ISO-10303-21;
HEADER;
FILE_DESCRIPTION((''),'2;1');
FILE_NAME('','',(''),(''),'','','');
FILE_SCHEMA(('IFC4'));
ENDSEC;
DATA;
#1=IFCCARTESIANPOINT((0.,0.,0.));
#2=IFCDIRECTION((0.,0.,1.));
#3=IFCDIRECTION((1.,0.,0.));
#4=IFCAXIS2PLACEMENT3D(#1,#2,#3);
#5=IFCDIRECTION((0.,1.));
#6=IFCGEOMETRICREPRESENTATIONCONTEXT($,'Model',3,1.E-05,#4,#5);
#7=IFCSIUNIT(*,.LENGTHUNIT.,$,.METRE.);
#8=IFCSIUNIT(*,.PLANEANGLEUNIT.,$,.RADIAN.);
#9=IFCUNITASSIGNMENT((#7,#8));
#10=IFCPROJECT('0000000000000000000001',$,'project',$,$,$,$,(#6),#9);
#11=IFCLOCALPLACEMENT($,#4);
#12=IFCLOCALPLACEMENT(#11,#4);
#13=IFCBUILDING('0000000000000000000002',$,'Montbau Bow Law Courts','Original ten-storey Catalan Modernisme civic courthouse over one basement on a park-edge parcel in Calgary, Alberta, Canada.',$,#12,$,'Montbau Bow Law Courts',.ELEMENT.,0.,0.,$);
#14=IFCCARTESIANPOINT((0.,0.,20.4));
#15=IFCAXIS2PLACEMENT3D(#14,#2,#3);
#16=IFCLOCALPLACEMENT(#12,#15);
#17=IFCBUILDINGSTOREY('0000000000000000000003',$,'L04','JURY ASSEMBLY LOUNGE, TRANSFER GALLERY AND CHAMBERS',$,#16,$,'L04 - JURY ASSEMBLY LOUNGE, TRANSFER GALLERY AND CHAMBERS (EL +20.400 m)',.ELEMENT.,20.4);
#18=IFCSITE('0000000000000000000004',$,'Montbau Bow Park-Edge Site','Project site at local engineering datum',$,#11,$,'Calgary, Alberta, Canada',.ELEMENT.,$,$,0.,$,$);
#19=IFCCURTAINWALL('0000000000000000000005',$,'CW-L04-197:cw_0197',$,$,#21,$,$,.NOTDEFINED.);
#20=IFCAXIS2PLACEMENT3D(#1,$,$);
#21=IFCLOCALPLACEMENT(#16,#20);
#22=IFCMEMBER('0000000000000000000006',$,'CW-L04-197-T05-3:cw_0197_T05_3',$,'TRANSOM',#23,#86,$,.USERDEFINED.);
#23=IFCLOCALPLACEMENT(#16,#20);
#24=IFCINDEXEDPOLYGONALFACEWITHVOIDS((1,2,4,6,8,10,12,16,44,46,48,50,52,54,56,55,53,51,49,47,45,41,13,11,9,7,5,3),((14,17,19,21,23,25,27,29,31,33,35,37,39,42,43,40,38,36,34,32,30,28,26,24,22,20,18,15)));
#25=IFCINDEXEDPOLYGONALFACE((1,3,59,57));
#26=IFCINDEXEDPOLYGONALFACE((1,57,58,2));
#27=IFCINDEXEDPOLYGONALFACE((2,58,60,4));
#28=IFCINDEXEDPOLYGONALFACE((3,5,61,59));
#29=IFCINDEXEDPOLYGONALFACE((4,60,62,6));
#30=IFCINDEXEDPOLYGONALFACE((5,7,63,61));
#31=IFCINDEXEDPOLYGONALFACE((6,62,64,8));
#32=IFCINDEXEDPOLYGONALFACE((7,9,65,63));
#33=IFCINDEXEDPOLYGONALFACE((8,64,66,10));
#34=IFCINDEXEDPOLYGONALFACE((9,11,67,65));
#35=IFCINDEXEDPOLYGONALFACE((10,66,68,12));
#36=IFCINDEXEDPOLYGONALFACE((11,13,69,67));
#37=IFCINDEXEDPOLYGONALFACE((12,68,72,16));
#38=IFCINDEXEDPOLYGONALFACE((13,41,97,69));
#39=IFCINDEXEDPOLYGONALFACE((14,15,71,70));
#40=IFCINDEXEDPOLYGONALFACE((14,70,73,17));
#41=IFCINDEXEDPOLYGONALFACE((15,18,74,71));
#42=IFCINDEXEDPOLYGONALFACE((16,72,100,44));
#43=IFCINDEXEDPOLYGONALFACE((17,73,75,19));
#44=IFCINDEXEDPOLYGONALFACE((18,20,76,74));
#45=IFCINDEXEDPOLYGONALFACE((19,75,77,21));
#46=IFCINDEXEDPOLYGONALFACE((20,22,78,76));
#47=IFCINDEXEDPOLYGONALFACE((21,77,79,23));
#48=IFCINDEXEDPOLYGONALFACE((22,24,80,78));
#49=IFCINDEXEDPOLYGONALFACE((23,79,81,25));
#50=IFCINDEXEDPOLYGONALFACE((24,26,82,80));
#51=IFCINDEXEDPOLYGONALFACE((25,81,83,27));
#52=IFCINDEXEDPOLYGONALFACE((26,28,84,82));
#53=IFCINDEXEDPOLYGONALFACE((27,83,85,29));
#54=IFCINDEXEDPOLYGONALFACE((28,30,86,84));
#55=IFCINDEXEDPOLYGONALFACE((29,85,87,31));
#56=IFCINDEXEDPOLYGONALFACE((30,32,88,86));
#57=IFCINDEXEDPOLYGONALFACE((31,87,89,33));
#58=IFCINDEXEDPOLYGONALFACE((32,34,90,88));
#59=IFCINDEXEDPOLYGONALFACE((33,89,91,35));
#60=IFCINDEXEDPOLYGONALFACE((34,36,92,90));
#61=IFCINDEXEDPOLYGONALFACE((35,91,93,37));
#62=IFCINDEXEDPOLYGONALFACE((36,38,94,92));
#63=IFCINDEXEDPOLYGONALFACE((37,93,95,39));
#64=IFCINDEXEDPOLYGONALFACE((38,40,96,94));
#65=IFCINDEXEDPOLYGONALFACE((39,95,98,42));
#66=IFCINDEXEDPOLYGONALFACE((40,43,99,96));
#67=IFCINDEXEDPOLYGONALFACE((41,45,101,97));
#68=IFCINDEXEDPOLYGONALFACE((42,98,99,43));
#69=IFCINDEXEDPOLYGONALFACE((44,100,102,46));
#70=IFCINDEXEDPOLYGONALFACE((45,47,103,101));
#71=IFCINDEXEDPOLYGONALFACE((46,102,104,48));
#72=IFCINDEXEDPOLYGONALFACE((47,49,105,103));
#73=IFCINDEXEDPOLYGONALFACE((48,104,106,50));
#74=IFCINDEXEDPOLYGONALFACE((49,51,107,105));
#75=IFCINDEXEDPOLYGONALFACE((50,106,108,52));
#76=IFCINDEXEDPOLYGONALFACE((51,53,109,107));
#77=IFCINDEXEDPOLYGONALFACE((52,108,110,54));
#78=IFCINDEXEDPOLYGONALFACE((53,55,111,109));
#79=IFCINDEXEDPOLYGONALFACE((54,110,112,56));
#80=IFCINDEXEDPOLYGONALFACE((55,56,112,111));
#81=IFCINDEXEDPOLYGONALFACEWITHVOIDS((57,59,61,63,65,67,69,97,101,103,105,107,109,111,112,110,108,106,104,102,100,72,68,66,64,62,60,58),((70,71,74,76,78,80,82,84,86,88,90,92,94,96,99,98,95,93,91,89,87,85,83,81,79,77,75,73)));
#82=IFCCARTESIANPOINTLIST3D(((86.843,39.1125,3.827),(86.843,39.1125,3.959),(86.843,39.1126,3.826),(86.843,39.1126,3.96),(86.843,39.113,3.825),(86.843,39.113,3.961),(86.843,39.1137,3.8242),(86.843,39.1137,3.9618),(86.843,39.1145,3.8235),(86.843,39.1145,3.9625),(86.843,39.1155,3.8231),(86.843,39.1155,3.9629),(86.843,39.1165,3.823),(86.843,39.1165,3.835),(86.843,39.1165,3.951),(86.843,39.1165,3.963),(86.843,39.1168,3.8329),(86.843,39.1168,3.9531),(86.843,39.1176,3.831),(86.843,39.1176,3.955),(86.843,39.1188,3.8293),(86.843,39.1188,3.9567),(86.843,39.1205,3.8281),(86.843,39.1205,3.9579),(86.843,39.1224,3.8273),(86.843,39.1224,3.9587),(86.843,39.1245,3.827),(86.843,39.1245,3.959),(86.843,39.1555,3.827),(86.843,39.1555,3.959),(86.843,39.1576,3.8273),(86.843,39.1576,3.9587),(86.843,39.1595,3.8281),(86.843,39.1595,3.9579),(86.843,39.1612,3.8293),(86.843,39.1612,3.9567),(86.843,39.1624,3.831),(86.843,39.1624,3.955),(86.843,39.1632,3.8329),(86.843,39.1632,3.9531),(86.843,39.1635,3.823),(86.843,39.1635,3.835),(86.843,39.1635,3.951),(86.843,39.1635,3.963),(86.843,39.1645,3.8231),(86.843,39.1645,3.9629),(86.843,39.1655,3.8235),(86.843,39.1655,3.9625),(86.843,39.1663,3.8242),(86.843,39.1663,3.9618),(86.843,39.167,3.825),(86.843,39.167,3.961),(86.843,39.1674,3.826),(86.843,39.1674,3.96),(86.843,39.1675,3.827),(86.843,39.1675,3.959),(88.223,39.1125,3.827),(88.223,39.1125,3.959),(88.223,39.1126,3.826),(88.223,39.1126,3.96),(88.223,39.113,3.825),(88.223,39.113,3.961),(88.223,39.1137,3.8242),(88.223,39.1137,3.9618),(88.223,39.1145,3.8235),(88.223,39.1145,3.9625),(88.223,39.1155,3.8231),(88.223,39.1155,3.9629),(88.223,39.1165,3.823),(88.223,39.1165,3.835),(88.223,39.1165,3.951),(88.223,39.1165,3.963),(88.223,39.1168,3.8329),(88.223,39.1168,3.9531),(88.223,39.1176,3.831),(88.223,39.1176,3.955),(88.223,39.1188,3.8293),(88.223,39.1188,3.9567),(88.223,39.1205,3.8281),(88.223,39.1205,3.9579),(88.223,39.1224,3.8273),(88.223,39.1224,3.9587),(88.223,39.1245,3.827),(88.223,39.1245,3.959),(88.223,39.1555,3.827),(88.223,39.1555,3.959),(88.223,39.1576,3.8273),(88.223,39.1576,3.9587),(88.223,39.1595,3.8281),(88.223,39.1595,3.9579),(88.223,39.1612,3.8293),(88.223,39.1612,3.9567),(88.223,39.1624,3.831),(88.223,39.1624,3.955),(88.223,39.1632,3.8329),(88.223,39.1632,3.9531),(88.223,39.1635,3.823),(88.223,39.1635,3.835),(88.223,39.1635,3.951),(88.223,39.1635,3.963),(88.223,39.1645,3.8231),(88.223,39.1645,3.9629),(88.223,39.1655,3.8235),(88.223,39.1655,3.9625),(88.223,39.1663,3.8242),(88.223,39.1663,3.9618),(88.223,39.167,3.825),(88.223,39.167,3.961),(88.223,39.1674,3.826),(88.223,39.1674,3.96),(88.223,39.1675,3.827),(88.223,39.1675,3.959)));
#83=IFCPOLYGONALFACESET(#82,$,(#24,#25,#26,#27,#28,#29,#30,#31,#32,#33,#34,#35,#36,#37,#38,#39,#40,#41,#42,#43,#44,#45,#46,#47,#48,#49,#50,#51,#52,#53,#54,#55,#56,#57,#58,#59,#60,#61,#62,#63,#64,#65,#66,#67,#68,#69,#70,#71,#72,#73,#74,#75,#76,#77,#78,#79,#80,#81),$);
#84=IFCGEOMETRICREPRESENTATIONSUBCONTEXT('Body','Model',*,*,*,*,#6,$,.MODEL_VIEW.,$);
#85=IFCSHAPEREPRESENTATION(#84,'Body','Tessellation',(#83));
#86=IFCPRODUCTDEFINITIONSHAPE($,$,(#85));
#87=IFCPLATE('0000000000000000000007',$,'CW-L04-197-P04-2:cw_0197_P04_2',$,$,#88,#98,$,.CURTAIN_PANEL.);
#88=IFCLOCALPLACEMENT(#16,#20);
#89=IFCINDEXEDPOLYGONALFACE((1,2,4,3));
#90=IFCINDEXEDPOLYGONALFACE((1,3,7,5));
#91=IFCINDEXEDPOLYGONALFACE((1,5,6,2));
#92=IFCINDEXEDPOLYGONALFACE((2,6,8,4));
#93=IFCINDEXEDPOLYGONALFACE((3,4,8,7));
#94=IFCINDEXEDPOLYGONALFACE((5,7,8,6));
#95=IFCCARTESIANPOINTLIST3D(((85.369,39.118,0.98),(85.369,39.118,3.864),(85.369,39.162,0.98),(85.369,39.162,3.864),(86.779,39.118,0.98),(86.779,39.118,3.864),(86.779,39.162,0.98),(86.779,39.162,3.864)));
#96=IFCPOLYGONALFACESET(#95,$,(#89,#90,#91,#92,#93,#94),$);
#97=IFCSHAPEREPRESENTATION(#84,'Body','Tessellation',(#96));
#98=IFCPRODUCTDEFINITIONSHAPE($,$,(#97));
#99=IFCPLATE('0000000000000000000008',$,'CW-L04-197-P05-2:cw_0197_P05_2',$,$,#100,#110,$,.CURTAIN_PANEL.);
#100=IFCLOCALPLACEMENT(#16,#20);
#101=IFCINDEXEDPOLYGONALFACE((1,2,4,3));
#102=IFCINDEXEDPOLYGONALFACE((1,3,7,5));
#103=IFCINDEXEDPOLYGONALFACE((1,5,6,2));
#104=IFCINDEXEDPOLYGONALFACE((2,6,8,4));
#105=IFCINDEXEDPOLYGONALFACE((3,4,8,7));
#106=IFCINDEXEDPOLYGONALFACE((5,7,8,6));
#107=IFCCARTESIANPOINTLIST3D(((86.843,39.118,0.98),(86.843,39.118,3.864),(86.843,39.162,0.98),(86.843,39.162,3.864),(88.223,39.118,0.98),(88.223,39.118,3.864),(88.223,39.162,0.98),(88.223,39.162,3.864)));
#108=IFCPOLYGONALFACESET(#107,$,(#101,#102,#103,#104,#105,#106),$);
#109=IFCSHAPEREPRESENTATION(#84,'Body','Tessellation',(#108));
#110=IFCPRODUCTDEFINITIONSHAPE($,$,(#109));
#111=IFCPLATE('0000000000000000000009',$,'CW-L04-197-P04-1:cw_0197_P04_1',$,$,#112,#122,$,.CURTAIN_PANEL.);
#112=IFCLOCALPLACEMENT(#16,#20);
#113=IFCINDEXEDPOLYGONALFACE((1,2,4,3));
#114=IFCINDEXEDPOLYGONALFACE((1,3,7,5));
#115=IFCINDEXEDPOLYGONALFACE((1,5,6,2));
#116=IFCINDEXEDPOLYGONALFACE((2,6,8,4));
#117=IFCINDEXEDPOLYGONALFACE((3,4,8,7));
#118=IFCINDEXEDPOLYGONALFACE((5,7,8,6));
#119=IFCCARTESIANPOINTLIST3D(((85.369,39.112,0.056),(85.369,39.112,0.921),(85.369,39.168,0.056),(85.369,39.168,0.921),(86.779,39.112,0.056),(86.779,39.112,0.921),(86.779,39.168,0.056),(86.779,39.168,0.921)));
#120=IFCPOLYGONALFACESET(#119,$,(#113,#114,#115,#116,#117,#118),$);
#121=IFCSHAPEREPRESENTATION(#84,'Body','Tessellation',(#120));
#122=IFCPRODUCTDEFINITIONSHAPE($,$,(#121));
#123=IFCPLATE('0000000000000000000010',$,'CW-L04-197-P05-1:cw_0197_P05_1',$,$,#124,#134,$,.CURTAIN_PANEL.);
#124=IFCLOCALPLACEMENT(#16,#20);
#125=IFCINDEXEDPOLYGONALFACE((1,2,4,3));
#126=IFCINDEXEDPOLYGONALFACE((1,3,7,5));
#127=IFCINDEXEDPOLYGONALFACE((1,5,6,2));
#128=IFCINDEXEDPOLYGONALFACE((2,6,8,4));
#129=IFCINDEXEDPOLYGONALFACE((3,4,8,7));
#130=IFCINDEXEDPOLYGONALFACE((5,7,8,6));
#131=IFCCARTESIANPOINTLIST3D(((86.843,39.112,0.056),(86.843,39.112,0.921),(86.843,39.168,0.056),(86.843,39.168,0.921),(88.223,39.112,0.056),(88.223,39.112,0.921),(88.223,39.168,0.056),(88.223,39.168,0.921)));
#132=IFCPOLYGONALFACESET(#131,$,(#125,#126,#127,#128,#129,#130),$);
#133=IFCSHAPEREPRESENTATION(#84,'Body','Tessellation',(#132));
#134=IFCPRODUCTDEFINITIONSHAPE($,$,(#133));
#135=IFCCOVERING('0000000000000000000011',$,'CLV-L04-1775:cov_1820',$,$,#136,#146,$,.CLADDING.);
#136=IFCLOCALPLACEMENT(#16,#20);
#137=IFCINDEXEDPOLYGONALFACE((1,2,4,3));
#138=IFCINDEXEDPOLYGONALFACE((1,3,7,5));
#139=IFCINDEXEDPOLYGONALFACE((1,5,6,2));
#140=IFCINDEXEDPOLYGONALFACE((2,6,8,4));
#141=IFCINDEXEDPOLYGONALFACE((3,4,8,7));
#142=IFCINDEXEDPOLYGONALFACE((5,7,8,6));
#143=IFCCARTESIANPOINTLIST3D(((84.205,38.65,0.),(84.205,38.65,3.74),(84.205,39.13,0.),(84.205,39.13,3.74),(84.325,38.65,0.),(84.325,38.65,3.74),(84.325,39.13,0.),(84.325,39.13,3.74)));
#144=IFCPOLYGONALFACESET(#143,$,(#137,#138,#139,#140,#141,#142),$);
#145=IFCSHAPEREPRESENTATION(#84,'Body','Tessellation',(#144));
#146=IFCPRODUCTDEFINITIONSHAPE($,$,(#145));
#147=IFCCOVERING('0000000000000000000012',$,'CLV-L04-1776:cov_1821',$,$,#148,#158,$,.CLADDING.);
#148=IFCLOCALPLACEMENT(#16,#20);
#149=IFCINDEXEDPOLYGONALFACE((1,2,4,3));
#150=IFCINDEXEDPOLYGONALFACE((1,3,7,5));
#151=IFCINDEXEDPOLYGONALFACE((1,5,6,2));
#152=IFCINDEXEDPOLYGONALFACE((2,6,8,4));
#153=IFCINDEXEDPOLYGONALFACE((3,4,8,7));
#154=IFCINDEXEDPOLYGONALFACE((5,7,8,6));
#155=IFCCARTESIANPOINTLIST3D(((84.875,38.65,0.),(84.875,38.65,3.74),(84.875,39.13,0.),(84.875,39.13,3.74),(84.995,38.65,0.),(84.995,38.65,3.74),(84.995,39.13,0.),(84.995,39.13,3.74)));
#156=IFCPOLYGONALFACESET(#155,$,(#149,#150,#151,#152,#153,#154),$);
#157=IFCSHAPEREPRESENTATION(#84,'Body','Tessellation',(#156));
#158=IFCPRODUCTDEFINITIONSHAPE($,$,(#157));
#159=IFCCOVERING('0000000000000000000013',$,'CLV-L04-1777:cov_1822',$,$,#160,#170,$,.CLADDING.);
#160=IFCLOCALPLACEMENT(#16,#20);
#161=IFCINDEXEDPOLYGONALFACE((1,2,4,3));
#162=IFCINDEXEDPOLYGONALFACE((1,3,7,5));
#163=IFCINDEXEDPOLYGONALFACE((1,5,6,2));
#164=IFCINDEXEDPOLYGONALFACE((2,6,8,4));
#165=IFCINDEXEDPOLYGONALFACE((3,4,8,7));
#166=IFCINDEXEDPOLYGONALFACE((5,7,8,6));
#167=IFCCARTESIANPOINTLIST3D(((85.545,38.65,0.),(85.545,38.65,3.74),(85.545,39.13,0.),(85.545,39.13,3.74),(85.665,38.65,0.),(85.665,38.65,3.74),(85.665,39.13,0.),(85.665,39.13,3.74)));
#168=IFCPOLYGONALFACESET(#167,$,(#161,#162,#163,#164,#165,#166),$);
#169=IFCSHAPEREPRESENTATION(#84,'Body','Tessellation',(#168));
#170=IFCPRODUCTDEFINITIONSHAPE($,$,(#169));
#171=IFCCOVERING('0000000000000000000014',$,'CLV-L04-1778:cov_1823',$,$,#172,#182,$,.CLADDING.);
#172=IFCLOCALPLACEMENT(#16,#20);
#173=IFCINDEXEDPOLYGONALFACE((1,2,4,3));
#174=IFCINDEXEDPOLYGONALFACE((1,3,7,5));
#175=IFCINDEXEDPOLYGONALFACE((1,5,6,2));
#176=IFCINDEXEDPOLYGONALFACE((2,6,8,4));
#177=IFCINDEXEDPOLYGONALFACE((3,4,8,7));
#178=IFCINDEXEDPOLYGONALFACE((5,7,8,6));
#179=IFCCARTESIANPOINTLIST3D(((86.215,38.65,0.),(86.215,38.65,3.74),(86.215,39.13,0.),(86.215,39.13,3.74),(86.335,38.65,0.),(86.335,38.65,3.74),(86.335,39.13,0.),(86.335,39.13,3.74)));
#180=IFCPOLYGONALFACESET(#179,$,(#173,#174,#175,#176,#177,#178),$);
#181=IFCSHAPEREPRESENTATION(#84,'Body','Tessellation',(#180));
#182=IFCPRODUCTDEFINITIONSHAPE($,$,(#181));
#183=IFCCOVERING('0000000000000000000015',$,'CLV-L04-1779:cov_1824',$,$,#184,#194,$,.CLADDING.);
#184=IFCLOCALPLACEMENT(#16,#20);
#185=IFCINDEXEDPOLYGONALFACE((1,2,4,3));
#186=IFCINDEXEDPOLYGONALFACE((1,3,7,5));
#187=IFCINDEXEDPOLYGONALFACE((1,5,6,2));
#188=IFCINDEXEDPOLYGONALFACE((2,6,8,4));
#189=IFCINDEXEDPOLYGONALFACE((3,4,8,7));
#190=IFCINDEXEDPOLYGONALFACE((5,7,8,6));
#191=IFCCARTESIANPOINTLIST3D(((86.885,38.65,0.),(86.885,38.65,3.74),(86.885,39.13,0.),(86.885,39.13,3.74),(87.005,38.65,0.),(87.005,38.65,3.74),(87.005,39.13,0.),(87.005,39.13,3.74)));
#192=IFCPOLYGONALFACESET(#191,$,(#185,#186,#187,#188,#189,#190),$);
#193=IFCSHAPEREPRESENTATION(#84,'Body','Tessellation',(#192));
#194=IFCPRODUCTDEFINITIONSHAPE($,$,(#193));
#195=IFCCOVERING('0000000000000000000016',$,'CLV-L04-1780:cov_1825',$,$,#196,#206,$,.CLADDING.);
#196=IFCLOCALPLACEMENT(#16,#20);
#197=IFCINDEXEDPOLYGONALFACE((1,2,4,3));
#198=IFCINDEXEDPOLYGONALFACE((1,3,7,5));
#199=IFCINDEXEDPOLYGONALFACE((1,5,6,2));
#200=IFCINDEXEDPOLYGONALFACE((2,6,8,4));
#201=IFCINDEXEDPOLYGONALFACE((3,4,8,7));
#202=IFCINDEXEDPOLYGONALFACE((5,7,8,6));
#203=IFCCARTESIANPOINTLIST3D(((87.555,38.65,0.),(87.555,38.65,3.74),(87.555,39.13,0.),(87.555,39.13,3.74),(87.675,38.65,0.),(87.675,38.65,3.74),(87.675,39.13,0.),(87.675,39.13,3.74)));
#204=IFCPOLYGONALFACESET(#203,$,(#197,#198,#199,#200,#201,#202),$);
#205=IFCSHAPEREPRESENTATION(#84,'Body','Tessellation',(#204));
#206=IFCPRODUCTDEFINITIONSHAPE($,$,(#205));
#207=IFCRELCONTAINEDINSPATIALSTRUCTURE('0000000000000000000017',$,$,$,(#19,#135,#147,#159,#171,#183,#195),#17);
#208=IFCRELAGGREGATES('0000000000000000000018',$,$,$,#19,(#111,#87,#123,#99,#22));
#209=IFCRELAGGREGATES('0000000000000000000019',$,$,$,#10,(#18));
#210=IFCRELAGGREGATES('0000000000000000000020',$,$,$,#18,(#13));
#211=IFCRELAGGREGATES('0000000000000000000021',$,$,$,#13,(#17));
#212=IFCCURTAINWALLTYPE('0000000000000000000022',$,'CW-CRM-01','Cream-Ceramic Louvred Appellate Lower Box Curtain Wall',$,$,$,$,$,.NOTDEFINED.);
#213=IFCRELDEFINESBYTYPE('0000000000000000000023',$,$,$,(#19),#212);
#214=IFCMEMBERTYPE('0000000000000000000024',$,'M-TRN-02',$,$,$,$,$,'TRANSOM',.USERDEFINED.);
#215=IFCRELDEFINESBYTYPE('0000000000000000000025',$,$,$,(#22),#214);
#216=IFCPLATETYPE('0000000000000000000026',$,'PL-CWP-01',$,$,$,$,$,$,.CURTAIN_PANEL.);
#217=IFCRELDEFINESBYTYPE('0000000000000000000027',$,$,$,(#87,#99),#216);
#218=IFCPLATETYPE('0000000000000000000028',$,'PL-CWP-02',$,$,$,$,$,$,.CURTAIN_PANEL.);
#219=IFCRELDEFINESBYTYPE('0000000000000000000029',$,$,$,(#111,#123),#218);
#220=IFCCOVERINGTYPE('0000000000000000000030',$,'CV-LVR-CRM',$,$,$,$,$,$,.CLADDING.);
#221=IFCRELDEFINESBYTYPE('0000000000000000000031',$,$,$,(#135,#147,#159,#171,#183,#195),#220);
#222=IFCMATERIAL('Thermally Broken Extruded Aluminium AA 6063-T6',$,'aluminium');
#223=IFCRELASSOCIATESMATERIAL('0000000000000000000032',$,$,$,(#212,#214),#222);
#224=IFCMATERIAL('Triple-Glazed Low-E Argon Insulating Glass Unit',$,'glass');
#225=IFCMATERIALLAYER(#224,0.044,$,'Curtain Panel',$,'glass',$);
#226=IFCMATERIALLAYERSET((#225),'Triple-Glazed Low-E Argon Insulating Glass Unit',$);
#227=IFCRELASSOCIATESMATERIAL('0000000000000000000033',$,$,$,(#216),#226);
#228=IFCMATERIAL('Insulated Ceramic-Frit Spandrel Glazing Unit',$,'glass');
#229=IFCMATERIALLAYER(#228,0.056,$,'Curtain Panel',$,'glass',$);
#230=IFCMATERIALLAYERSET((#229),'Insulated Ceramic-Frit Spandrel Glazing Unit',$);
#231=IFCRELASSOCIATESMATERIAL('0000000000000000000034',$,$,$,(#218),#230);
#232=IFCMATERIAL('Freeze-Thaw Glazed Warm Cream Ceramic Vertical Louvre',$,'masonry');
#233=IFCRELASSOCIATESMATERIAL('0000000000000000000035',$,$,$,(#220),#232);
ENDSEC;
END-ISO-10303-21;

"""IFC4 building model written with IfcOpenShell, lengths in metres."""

from ifc_helpers import new_model, si_unit, direction, frame, frame_2d, origin_with_axes, origin_2d_with_axis, place, context, subcontext, project, spatial, rectangle, hollow_rectangle, extrude, material, layer, layer_set, material_profile, profile_set, type_object, element, aggregate, save


model = new_model("IFC4")

# Units and contexts
model_context = context("Model", 3, precision=1e-05, world=origin_with_axes(), true_north=direction((0.0, 1.0)))
body_context = subcontext(model_context, "Body", "Model", "MODEL_VIEW")
ifc_project = project(units=[si_unit("LENGTHUNIT", "METRE"), si_unit("PLANEANGLEUNIT", "RADIAN")], contexts=[model_context])

# Site, building, storey
site_placement = place(None, origin_with_axes())
site = spatial("IfcSite", under=ifc_project, at=site_placement, Name="Montbau Bow Park-Edge Site", Description="Project site at local engineering datum", LongName="Calgary, Alberta, Canada", CompositionType="ELEMENT", RefElevation=0.0)
building_placement = place(site_placement, origin_with_axes())
building = spatial("IfcBuilding", under=site, at=building_placement, Name="Montbau Bow Law Courts", Description="Original ten-storey Catalan Modernisme civic courthouse over one basement on a park-edge parcel in Calgary, Alberta, Canada.", LongName="Montbau Bow Law Courts", CompositionType="ELEMENT", ElevationOfRefHeight=0.0, ElevationOfTerrain=0.0)
storey_placement = place(building_placement, frame((0.0, 0.0, 20.4), z_axis=(0.0, 0.0, 1.0), x_axis=(1.0, 0.0, 0.0)))
storey = spatial("IfcBuildingStorey", under=building, at=storey_placement, Name="L04", Description="JURY ASSEMBLY LOUNGE, TRANSFER GALLERY AND CHAMBERS", LongName="L04 - JURY ASSEMBLY LOUNGE, TRANSFER GALLERY AND CHAMBERS (EL +20.400 m)", CompositionType="ELEMENT", Elevation=20.4)

# Curtain wall, member, plates
ifc_material_1 = material(Name="Thermally Broken Extruded Aluminium AA 6063-T6", Category="aluminium")
curtain_wall_type = type_object("IfcCurtainWallType", Name="CW-CRM-01", Description="Cream-Ceramic Louvred Appellate Lower Box Curtain Wall", PredefinedType="NOTDEFINED", material=ifc_material_1)
curtain_wall_placement = place(None, frame((80.915, 39.14, 20.4), z_axis=(0.0, 0.0, 1.0), x_axis=(1.0, 0.0, 0.0)))
curtain_wall = element("IfcCurtainWall", 1, at=curtain_wall_placement, inside=storey, type_object=curtain_wall_type, Name="CW-L04-197:cw_0197", PredefinedType="NOTDEFINED")
ifc_material_profile_1 = material_profile(ifc_material_1, hollow_rectangle(XDim=0.055, YDim=0.14, WallThickness=0.004, InnerFilletRadius=0.008, OuterFilletRadius=0.004, at=origin_2d_with_axis()), Name="CWT-140X55", Category="Main", Priority=0)
ifc_profile_set_1 = profile_set([ifc_material_profile_1], Name="Thermally Broken Extruded Aluminium AA 6063-T6")
member_type_1 = type_object("IfcMemberType", Name="M-TRN-02", ElementType="TRANSOM", PredefinedType="USERDEFINED", material=ifc_profile_set_1)
member_1_placement = place(None, frame((86.843, 39.14, 24.293), z_axis=(1.0, 0.0, 0.0), x_axis=(0.0, 1.0, 0.0)))
member_1 = element("IfcMember", 2, at=member_1_placement, type_object=member_type_1, Name="CW-L04-197-T05-3:cw_0197_T05_3", ObjectType="TRANSOM", PredefinedType="USERDEFINED", context=body_context, shape_type="SweptSolid", body=[
    extrude(hollow_rectangle(XDim=0.055, YDim=0.14, WallThickness=0.004, InnerFilletRadius=0.008, OuterFilletRadius=0.004, at=origin_2d_with_axis()), origin_with_axes(), (0.0, 0.0, 1.0), 1.38),
])
ifc_material_2 = material(Name="Triple-Glazed Low-E Argon Insulating Glass Unit", Category="glass")
ifc_layer_1 = layer(ifc_material_2, 0.044, Name="Curtain Panel", Category="glass")
ifc_layer_set_1 = layer_set([ifc_layer_1], Name="Triple-Glazed Low-E Argon Insulating Glass Unit")
plate_type_1 = type_object("IfcPlateType", Name="PL-CWP-01", PredefinedType="CURTAIN_PANEL", material=ifc_layer_set_1)
plate_1_placement = place(None, frame((85.369, 39.14, 21.38), z_axis=(0.0, -1.0, 0.0), x_axis=(1.0, 0.0, 0.0)))
plate_1 = element("IfcPlate", 3, at=plate_1_placement, type_object=plate_type_1, Name="CW-L04-197-P04-2:cw_0197_P04_2", PredefinedType="CURTAIN_PANEL", context=body_context, shape_type="SweptSolid", body=[
    extrude(rectangle(XDim=1.41, YDim=2.884, at=frame_2d((0.705, 1.442), x_axis=(1.0, 0.0))), frame((0.0, 0.0, -0.022), z_axis=(0.0, 0.0, 1.0), x_axis=(1.0, 0.0, 0.0)), (0.0, 0.0, 1.0), 0.044),
])
plate_2_placement = place(None, frame((86.843, 39.14, 21.38), z_axis=(0.0, -1.0, 0.0), x_axis=(1.0, 0.0, 0.0)))
plate_2 = element("IfcPlate", 4, at=plate_2_placement, type_object=plate_type_1, Name="CW-L04-197-P05-2:cw_0197_P05_2", PredefinedType="CURTAIN_PANEL", context=body_context, shape_type="SweptSolid", body=[
    extrude(rectangle(XDim=1.38, YDim=2.884, at=frame_2d((0.69, 1.442), x_axis=(1.0, 0.0))), frame((0.0, 0.0, -0.022), z_axis=(0.0, 0.0, 1.0), x_axis=(1.0, 0.0, 0.0)), (0.0, 0.0, 1.0), 0.044),
])
ifc_material_3 = material(Name="Insulated Ceramic-Frit Spandrel Glazing Unit", Category="glass")
ifc_layer_2 = layer(ifc_material_3, 0.056, Name="Curtain Panel", Category="glass")
ifc_layer_set_2 = layer_set([ifc_layer_2], Name="Insulated Ceramic-Frit Spandrel Glazing Unit")
plate_type_2 = type_object("IfcPlateType", Name="PL-CWP-02", PredefinedType="CURTAIN_PANEL", material=ifc_layer_set_2)
plate_3_placement = place(None, frame((85.369, 39.14, 20.456), z_axis=(0.0, -1.0, 0.0), x_axis=(1.0, 0.0, 0.0)))
plate_3 = element("IfcPlate", 5, at=plate_3_placement, type_object=plate_type_2, Name="CW-L04-197-P04-1:cw_0197_P04_1", PredefinedType="CURTAIN_PANEL", context=body_context, shape_type="SweptSolid", body=[
    extrude(rectangle(XDim=1.41, YDim=0.865, at=frame_2d((0.705, 0.4325), x_axis=(1.0, 0.0))), frame((0.0, 0.0, -0.028), z_axis=(0.0, 0.0, 1.0), x_axis=(1.0, 0.0, 0.0)), (0.0, 0.0, 1.0), 0.056),
])
plate_4_placement = place(None, frame((86.843, 39.14, 20.456), z_axis=(0.0, -1.0, 0.0), x_axis=(1.0, 0.0, 0.0)))
plate_4 = element("IfcPlate", 6, at=plate_4_placement, type_object=plate_type_2, Name="CW-L04-197-P05-1:cw_0197_P05_1", PredefinedType="CURTAIN_PANEL", context=body_context, shape_type="SweptSolid", body=[
    extrude(rectangle(XDim=1.38, YDim=0.865, at=frame_2d((0.69, 0.4325), x_axis=(1.0, 0.0))), frame((0.0, 0.0, -0.028), z_axis=(0.0, 0.0, 1.0), x_axis=(1.0, 0.0, 0.0)), (0.0, 0.0, 1.0), 0.056),
])
aggregate(curtain_wall, [plate_3, plate_1, plate_4, plate_2, member_1])

# Coverings
ifc_material_4 = material(Name="Freeze-Thaw Glazed Warm Cream Ceramic Vertical Louvre", Category="masonry")
covering_type = type_object("IfcCoveringType", Name="CV-LVR-CRM", PredefinedType="CLADDING", material=ifc_material_4)
for number, where, z_axis, x_axis, name in (
    (7, (84.265, 39.13, 20.4), (-1.0, 0.0, 0.0), (0.0, -1.0, 0.0), "CLV-L04-1775:cov_1820"),
    (8, (84.935, 39.13, 20.4), (-1.0, 0.0, 0.0), (0.0, -1.0, 0.0), "CLV-L04-1776:cov_1821"),
    (9, (85.605, 39.13, 20.4), (-1.0, 0.0, 0.0), (0.0, -1.0, 0.0), "CLV-L04-1777:cov_1822"),
    (10, (86.275, 39.13, 20.4), (-1.0, 0.0, 0.0), (0.0, -1.0, 0.0), "CLV-L04-1778:cov_1823"),
    (11, (86.945, 39.13, 20.4), (-1.0, 0.0, 0.0), (0.0, -1.0, 0.0), "CLV-L04-1779:cov_1824"),
    (12, (87.615, 39.13, 20.4), (-1.0, 0.0, 0.0), (0.0, -1.0, 0.0), "CLV-L04-1780:cov_1825"),
):
    element("IfcCovering", number, at=place(None, frame(where, z_axis=z_axis, x_axis=x_axis)), inside=storey, type_object=covering_type, Name=name, PredefinedType="CLADDING", context=body_context, shape_type="SweptSolid", body=[
        extrude(rectangle(XDim=0.48, YDim=3.74, at=frame_2d((0.24, 1.87), x_axis=(1.0, 0.0))), frame((0.0, 0.0, -0.06), z_axis=(0.0, 0.0, 1.0), x_axis=(1.0, 0.0, 0.0)), (0.0, 0.0, 1.0), 0.12),
    ])

save(model, "model.ifc")
